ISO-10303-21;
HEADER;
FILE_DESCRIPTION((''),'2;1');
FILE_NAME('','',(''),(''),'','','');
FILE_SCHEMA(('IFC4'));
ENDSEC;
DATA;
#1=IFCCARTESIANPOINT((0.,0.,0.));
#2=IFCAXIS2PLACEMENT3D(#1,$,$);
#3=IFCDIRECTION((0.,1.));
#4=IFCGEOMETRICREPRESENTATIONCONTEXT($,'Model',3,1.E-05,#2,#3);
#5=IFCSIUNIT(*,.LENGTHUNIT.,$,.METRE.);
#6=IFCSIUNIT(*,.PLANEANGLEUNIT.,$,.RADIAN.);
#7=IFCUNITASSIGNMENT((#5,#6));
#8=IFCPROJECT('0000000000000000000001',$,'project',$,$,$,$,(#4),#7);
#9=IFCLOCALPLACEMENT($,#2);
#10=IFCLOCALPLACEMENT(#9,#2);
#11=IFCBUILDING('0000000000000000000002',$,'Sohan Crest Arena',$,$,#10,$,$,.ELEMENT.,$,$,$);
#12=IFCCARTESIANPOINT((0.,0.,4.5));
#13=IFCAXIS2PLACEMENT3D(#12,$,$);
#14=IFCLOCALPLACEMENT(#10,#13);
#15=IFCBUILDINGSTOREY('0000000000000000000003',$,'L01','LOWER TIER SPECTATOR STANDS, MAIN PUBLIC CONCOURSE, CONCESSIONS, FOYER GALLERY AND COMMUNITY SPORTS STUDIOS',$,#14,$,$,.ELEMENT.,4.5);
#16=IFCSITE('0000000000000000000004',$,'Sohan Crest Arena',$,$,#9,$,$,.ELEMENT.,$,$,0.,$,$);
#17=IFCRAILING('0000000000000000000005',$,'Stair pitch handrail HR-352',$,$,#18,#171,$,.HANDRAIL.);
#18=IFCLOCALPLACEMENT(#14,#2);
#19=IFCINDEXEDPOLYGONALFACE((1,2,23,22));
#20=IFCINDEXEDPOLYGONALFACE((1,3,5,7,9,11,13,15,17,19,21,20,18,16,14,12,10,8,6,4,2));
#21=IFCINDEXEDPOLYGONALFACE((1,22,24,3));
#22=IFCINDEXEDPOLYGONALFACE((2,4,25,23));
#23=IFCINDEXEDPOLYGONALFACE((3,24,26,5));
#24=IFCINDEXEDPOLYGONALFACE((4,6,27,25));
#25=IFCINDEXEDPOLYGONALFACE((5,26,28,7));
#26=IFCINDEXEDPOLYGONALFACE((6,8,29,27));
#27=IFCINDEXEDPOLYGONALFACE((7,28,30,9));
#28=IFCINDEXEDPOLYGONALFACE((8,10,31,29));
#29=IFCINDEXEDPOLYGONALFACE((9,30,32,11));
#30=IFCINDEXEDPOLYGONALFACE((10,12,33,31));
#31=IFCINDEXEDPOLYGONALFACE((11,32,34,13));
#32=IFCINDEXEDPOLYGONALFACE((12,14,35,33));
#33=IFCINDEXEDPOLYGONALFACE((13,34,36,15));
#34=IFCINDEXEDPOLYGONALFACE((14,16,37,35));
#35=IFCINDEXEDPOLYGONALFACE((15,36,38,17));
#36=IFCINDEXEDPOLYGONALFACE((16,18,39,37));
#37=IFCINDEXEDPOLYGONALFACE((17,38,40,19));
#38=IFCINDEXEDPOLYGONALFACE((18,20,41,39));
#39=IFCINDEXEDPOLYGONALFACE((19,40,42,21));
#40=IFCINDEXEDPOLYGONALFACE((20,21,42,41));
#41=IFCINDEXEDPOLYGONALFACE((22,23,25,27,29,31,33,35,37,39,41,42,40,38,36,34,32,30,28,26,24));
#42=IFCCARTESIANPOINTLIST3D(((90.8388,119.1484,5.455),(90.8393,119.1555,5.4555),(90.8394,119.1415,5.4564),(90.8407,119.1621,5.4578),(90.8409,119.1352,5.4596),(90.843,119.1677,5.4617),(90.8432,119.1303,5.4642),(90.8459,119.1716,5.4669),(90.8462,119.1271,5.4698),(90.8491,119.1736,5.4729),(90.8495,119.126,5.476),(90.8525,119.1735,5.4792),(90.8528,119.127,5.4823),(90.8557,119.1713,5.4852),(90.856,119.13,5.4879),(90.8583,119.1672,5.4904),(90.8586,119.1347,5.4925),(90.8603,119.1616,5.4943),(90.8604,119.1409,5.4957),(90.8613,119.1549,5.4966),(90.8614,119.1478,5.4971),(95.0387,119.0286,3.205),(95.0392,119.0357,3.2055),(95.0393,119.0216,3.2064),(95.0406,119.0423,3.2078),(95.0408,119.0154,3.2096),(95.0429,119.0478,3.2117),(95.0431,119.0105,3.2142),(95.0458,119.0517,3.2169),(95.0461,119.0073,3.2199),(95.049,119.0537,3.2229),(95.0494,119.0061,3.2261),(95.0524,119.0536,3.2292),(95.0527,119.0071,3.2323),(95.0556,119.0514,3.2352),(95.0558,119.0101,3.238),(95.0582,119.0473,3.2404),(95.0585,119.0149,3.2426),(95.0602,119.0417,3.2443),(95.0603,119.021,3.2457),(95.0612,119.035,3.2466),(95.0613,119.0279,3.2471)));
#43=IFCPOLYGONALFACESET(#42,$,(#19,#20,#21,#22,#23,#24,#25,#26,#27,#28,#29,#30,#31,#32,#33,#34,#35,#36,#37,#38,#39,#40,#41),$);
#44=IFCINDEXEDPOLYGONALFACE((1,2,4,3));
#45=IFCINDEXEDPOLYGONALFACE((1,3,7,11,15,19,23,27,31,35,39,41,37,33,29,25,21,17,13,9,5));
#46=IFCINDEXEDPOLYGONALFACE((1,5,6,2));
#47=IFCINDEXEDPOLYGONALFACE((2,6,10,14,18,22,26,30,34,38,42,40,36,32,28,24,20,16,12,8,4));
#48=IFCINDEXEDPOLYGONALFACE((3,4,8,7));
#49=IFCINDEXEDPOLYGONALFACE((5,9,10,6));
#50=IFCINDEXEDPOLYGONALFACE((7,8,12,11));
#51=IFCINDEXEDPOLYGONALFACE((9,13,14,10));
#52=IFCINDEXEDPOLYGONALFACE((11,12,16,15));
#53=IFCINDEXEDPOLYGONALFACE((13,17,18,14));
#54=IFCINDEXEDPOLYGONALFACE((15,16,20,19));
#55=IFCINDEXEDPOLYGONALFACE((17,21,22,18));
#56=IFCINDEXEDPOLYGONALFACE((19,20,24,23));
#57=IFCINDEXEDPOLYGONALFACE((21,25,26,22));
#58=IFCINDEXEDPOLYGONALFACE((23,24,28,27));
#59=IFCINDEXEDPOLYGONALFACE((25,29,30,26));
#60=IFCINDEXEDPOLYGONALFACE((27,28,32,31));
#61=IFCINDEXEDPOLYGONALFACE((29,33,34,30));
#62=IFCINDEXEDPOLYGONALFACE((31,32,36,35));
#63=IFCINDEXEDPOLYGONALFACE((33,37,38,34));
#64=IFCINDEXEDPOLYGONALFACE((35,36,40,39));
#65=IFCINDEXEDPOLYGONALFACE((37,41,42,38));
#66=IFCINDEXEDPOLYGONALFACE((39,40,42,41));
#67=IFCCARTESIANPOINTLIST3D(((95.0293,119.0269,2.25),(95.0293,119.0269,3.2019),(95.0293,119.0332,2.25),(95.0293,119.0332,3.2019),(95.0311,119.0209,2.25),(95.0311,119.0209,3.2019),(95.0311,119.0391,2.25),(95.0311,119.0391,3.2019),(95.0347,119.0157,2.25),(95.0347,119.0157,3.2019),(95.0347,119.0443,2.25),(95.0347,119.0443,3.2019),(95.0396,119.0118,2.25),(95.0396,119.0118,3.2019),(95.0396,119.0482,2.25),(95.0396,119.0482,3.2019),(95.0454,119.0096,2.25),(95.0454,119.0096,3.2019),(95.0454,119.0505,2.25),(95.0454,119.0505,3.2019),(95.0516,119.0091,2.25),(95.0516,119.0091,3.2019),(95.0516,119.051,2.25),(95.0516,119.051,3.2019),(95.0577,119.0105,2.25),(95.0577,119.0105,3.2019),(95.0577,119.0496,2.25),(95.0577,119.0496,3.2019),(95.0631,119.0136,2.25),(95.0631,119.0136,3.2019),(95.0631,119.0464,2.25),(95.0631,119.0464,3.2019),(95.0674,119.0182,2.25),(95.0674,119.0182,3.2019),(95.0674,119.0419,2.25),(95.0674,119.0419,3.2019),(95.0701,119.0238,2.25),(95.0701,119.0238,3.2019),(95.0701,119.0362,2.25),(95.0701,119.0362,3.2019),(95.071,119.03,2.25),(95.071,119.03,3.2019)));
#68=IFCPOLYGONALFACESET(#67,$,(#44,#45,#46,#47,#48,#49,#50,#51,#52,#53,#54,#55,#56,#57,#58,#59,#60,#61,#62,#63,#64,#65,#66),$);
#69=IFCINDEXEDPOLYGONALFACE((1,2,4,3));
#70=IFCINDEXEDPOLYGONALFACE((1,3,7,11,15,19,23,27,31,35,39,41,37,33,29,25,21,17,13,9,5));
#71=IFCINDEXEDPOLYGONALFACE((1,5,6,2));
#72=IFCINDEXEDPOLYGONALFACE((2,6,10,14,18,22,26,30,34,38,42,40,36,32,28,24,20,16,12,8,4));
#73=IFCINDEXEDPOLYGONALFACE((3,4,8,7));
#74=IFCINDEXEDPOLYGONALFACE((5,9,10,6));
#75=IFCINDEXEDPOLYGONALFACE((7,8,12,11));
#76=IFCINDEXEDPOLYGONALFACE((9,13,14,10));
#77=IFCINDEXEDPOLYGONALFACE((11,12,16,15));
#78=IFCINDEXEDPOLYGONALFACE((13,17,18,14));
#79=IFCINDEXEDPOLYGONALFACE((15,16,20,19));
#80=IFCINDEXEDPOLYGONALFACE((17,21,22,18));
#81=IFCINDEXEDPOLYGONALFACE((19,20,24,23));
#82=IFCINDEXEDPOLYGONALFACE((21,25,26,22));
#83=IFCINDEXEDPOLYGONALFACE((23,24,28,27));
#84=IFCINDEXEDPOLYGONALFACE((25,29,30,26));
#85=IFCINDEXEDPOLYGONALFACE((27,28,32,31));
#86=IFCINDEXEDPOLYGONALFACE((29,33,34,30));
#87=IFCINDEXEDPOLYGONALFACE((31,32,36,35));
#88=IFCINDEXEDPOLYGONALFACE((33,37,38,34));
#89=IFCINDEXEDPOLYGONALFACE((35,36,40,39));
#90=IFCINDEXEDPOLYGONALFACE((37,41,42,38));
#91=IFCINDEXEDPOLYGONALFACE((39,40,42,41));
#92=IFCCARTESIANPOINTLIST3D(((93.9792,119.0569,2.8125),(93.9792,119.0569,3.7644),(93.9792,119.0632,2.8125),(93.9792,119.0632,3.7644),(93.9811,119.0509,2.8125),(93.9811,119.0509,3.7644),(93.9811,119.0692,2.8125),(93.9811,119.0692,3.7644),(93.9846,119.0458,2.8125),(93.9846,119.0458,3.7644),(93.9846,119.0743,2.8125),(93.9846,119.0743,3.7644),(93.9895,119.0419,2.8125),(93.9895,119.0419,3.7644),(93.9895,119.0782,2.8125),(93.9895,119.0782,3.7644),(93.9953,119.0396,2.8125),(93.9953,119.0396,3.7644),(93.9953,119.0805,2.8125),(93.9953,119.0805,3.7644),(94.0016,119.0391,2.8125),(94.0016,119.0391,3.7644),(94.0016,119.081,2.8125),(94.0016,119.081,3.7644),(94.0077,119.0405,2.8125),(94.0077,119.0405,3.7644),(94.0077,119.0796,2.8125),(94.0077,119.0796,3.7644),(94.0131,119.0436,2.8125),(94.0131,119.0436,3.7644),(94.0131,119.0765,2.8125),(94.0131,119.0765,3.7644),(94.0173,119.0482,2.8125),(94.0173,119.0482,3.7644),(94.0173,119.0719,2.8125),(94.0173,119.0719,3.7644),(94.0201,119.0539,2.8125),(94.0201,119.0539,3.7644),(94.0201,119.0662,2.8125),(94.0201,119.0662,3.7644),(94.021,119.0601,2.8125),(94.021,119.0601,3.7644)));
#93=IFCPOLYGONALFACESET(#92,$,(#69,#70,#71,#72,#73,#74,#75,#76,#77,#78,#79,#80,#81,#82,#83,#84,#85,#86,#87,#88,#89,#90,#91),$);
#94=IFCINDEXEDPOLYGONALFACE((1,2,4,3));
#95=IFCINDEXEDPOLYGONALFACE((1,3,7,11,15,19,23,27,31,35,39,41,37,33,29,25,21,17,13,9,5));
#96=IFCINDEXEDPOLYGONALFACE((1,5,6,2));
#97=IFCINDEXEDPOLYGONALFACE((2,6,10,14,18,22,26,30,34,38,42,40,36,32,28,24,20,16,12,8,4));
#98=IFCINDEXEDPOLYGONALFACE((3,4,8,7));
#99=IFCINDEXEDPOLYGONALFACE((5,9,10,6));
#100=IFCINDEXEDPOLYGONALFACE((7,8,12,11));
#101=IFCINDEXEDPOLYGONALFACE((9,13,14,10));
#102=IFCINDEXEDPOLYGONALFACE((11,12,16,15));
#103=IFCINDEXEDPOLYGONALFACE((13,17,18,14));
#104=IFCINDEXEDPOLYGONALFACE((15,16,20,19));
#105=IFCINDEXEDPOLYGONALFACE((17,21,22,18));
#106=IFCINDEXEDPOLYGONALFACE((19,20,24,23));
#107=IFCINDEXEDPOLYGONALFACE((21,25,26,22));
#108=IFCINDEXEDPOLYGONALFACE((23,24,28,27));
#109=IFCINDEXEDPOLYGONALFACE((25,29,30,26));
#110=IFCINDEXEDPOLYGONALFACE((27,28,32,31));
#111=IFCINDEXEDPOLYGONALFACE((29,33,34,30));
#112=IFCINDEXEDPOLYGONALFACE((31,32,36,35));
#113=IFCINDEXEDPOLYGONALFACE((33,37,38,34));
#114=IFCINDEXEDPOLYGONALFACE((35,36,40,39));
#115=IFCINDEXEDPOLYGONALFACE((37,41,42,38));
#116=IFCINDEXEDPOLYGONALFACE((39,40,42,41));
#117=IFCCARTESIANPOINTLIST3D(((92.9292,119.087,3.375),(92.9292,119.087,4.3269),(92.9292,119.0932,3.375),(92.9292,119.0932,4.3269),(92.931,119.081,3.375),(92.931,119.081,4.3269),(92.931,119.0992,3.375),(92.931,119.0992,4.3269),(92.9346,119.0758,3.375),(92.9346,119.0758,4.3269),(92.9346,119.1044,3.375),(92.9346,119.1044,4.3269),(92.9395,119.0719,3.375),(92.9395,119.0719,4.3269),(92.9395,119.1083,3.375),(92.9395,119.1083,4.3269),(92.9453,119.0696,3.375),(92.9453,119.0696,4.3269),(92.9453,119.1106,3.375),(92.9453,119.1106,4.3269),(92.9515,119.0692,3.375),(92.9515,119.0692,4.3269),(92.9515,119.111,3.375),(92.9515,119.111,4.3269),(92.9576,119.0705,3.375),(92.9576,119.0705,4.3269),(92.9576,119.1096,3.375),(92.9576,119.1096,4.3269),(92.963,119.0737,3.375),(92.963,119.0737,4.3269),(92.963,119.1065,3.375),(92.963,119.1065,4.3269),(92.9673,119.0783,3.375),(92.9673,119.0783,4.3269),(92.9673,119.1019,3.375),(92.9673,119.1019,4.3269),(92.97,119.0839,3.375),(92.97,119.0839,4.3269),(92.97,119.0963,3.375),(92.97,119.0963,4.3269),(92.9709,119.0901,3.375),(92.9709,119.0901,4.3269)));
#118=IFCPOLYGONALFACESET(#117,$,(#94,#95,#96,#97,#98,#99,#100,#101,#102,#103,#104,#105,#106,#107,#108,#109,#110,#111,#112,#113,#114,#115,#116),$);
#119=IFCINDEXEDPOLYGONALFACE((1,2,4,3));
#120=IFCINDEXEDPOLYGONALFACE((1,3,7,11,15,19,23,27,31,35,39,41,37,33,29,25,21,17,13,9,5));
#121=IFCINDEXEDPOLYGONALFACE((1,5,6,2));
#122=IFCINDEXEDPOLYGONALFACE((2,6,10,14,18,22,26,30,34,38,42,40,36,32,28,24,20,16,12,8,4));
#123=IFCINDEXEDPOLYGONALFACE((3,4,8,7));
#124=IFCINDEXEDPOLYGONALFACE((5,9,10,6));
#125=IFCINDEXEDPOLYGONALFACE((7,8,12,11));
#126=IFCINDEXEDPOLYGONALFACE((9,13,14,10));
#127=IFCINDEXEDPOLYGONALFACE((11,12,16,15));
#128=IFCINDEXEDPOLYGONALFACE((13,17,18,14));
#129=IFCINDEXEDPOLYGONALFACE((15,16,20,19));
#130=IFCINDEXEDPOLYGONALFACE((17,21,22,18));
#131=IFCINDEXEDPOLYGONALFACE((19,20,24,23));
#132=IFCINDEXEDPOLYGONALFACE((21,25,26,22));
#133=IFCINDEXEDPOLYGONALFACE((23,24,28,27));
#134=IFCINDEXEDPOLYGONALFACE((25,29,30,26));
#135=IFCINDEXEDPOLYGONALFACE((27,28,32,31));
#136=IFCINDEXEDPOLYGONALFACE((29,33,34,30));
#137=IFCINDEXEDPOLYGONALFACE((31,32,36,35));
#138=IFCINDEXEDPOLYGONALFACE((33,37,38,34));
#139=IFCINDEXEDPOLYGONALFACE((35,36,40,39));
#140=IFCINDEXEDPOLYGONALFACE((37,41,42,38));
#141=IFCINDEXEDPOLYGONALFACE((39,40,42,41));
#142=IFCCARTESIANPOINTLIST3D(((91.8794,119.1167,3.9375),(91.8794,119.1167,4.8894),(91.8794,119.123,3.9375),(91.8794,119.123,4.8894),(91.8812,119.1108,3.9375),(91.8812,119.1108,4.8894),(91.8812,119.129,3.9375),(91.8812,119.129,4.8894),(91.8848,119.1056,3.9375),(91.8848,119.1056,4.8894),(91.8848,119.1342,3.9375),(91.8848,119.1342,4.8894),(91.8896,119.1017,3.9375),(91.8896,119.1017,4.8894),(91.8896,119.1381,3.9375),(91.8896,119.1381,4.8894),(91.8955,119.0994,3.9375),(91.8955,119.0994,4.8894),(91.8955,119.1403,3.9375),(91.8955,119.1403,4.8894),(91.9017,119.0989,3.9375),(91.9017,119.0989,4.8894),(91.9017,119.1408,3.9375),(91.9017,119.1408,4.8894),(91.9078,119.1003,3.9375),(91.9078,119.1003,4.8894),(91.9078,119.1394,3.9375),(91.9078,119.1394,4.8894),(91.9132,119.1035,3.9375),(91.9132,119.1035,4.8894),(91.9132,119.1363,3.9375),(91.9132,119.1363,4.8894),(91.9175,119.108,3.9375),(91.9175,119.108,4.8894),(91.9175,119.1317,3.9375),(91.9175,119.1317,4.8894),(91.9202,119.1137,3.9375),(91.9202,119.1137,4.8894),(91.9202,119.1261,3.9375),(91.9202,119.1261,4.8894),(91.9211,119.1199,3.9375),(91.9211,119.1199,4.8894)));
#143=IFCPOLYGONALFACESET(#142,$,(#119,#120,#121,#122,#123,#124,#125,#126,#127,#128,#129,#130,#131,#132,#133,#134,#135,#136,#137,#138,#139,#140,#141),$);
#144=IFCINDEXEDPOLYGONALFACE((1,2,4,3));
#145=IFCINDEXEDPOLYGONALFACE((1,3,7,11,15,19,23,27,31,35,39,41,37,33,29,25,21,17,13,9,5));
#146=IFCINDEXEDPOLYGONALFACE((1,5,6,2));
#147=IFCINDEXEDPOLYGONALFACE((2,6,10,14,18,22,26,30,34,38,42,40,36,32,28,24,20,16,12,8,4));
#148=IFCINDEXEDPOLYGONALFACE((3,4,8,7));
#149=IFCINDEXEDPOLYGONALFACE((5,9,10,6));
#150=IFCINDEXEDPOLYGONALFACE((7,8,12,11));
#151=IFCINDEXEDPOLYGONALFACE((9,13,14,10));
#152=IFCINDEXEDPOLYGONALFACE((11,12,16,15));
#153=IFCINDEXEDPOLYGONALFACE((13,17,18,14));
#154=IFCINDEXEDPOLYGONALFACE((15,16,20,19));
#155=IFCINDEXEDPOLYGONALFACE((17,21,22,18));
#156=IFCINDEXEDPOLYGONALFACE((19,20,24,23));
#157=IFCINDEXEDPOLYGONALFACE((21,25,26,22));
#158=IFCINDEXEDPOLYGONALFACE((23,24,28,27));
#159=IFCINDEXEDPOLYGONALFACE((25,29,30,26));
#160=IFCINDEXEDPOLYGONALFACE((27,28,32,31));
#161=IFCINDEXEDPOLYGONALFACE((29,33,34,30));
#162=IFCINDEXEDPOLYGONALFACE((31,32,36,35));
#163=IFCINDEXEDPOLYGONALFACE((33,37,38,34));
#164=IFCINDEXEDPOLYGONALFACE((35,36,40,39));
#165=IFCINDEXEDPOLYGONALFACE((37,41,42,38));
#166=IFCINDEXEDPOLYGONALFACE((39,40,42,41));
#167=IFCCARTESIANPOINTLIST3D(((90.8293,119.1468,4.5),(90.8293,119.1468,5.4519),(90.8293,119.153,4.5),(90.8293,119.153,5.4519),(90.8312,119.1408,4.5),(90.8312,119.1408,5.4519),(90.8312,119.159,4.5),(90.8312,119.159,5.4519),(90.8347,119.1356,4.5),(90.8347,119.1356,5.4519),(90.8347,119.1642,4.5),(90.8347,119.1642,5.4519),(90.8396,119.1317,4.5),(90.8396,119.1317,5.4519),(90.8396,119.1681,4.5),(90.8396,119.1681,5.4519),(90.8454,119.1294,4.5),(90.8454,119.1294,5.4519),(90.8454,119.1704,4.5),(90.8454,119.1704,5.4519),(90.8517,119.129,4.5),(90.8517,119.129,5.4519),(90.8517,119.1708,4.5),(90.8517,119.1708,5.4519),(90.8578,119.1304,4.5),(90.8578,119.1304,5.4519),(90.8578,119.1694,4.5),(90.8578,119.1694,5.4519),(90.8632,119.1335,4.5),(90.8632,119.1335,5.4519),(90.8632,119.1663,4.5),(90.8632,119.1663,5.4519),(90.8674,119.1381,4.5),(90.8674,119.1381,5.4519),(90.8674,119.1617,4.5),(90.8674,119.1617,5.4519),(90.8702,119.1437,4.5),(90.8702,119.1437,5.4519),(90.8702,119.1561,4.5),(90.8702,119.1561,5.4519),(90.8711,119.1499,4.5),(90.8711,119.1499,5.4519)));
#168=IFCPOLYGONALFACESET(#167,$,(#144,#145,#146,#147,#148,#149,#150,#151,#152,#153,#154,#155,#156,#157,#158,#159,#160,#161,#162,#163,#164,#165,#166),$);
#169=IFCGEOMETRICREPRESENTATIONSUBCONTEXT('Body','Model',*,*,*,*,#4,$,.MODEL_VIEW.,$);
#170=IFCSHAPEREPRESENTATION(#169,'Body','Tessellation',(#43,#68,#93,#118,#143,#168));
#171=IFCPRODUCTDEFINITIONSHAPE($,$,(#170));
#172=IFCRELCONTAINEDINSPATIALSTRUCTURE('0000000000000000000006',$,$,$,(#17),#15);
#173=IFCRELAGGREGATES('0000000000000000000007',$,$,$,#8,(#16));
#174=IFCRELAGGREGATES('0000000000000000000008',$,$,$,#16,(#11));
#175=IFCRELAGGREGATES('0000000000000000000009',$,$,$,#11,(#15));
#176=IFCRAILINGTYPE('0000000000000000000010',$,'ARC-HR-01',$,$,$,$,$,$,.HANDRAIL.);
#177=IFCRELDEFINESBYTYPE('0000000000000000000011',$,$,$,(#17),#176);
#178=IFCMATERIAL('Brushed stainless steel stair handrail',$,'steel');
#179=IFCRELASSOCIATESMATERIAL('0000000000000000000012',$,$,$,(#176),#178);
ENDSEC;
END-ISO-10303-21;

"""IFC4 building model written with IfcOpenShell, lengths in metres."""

from ifc_helpers import new_model, si_unit, direction, frame, origin, origin_2d, place, context, subcontext, project, spatial, circle, extrude, material, type_object, element, save


model = new_model("IFC4")

# Units and contexts
model_context = context("Model", 3, precision=1e-05, world=origin(), true_north=direction((0.0, 1.0)))
body_context = subcontext(model_context, "Body", "Model", "MODEL_VIEW")
ifc_project = project(units=[si_unit("LENGTHUNIT", "METRE"), si_unit("PLANEANGLEUNIT", "RADIAN")], contexts=[model_context])

# Site, building, storey
site_placement = place(None, origin())
site = spatial("IfcSite", under=ifc_project, at=site_placement, Name="Sohan Crest Arena", CompositionType="ELEMENT", RefElevation=0.0)
building_placement = place(site_placement, origin())
building = spatial("IfcBuilding", under=site, at=building_placement, Name="Sohan Crest Arena", CompositionType="ELEMENT")
storey_placement = place(building_placement, frame((0.0, 0.0, 4.5)))
storey = spatial("IfcBuildingStorey", under=building, at=storey_placement, Name="L01", Description="LOWER TIER SPECTATOR STANDS, MAIN PUBLIC CONCOURSE, CONCESSIONS, FOYER GALLERY AND COMMUNITY SPORTS STUDIOS", CompositionType="ELEMENT", Elevation=4.5)

# Railing
ifc_material_1 = material(Name="Brushed stainless steel stair handrail", Category="steel")
railing_type_1 = type_object("IfcRailingType", Name="ARC-HR-01", PredefinedType="HANDRAIL", material=ifc_material_1)
railing_1_placement = place(storey_placement, frame((95.05, 119.03, 2.25)))
element("IfcRailing", 1, at=railing_1_placement, inside=storey, type_object=railing_type_1, Name="Stair pitch handrail HR-352", PredefinedType="HANDRAIL", context=body_context, shape_type="SweptSolid", body=[
    extrude(circle(Radius=0.0239, at=origin_2d()), frame((0.0, 0.0, 0.9761), z_axis=(-0.881199, 0.025151, 0.472076), x_axis=(-0.02853, -0.999593, 0.0)), (0.0, 0.0, 1.0), 4.7661),
    extrude(circle(Radius=0.021, at=origin_2d()), origin(), (0.0, 0.0, 1.0), 0.9519),
    extrude(circle(Radius=0.021, at=origin_2d()), frame((-1.05, 0.03, 0.5625)), (0.0, 0.0, 1.0), 0.9519),
    extrude(circle(Radius=0.021, at=origin_2d()), frame((-2.1001, 0.0601, 1.125)), (0.0, 0.0, 1.0), 0.9519),
    extrude(circle(Radius=0.021, at=origin_2d()), frame((-3.1499, 0.0898, 1.6875)), (0.0, 0.0, 1.0), 0.9519),
    extrude(circle(Radius=0.021, at=origin_2d()), frame((-4.2, 0.1199, 2.25)), (0.0, 0.0, 1.0), 0.9519),
])

save(model, "model.ifc")
